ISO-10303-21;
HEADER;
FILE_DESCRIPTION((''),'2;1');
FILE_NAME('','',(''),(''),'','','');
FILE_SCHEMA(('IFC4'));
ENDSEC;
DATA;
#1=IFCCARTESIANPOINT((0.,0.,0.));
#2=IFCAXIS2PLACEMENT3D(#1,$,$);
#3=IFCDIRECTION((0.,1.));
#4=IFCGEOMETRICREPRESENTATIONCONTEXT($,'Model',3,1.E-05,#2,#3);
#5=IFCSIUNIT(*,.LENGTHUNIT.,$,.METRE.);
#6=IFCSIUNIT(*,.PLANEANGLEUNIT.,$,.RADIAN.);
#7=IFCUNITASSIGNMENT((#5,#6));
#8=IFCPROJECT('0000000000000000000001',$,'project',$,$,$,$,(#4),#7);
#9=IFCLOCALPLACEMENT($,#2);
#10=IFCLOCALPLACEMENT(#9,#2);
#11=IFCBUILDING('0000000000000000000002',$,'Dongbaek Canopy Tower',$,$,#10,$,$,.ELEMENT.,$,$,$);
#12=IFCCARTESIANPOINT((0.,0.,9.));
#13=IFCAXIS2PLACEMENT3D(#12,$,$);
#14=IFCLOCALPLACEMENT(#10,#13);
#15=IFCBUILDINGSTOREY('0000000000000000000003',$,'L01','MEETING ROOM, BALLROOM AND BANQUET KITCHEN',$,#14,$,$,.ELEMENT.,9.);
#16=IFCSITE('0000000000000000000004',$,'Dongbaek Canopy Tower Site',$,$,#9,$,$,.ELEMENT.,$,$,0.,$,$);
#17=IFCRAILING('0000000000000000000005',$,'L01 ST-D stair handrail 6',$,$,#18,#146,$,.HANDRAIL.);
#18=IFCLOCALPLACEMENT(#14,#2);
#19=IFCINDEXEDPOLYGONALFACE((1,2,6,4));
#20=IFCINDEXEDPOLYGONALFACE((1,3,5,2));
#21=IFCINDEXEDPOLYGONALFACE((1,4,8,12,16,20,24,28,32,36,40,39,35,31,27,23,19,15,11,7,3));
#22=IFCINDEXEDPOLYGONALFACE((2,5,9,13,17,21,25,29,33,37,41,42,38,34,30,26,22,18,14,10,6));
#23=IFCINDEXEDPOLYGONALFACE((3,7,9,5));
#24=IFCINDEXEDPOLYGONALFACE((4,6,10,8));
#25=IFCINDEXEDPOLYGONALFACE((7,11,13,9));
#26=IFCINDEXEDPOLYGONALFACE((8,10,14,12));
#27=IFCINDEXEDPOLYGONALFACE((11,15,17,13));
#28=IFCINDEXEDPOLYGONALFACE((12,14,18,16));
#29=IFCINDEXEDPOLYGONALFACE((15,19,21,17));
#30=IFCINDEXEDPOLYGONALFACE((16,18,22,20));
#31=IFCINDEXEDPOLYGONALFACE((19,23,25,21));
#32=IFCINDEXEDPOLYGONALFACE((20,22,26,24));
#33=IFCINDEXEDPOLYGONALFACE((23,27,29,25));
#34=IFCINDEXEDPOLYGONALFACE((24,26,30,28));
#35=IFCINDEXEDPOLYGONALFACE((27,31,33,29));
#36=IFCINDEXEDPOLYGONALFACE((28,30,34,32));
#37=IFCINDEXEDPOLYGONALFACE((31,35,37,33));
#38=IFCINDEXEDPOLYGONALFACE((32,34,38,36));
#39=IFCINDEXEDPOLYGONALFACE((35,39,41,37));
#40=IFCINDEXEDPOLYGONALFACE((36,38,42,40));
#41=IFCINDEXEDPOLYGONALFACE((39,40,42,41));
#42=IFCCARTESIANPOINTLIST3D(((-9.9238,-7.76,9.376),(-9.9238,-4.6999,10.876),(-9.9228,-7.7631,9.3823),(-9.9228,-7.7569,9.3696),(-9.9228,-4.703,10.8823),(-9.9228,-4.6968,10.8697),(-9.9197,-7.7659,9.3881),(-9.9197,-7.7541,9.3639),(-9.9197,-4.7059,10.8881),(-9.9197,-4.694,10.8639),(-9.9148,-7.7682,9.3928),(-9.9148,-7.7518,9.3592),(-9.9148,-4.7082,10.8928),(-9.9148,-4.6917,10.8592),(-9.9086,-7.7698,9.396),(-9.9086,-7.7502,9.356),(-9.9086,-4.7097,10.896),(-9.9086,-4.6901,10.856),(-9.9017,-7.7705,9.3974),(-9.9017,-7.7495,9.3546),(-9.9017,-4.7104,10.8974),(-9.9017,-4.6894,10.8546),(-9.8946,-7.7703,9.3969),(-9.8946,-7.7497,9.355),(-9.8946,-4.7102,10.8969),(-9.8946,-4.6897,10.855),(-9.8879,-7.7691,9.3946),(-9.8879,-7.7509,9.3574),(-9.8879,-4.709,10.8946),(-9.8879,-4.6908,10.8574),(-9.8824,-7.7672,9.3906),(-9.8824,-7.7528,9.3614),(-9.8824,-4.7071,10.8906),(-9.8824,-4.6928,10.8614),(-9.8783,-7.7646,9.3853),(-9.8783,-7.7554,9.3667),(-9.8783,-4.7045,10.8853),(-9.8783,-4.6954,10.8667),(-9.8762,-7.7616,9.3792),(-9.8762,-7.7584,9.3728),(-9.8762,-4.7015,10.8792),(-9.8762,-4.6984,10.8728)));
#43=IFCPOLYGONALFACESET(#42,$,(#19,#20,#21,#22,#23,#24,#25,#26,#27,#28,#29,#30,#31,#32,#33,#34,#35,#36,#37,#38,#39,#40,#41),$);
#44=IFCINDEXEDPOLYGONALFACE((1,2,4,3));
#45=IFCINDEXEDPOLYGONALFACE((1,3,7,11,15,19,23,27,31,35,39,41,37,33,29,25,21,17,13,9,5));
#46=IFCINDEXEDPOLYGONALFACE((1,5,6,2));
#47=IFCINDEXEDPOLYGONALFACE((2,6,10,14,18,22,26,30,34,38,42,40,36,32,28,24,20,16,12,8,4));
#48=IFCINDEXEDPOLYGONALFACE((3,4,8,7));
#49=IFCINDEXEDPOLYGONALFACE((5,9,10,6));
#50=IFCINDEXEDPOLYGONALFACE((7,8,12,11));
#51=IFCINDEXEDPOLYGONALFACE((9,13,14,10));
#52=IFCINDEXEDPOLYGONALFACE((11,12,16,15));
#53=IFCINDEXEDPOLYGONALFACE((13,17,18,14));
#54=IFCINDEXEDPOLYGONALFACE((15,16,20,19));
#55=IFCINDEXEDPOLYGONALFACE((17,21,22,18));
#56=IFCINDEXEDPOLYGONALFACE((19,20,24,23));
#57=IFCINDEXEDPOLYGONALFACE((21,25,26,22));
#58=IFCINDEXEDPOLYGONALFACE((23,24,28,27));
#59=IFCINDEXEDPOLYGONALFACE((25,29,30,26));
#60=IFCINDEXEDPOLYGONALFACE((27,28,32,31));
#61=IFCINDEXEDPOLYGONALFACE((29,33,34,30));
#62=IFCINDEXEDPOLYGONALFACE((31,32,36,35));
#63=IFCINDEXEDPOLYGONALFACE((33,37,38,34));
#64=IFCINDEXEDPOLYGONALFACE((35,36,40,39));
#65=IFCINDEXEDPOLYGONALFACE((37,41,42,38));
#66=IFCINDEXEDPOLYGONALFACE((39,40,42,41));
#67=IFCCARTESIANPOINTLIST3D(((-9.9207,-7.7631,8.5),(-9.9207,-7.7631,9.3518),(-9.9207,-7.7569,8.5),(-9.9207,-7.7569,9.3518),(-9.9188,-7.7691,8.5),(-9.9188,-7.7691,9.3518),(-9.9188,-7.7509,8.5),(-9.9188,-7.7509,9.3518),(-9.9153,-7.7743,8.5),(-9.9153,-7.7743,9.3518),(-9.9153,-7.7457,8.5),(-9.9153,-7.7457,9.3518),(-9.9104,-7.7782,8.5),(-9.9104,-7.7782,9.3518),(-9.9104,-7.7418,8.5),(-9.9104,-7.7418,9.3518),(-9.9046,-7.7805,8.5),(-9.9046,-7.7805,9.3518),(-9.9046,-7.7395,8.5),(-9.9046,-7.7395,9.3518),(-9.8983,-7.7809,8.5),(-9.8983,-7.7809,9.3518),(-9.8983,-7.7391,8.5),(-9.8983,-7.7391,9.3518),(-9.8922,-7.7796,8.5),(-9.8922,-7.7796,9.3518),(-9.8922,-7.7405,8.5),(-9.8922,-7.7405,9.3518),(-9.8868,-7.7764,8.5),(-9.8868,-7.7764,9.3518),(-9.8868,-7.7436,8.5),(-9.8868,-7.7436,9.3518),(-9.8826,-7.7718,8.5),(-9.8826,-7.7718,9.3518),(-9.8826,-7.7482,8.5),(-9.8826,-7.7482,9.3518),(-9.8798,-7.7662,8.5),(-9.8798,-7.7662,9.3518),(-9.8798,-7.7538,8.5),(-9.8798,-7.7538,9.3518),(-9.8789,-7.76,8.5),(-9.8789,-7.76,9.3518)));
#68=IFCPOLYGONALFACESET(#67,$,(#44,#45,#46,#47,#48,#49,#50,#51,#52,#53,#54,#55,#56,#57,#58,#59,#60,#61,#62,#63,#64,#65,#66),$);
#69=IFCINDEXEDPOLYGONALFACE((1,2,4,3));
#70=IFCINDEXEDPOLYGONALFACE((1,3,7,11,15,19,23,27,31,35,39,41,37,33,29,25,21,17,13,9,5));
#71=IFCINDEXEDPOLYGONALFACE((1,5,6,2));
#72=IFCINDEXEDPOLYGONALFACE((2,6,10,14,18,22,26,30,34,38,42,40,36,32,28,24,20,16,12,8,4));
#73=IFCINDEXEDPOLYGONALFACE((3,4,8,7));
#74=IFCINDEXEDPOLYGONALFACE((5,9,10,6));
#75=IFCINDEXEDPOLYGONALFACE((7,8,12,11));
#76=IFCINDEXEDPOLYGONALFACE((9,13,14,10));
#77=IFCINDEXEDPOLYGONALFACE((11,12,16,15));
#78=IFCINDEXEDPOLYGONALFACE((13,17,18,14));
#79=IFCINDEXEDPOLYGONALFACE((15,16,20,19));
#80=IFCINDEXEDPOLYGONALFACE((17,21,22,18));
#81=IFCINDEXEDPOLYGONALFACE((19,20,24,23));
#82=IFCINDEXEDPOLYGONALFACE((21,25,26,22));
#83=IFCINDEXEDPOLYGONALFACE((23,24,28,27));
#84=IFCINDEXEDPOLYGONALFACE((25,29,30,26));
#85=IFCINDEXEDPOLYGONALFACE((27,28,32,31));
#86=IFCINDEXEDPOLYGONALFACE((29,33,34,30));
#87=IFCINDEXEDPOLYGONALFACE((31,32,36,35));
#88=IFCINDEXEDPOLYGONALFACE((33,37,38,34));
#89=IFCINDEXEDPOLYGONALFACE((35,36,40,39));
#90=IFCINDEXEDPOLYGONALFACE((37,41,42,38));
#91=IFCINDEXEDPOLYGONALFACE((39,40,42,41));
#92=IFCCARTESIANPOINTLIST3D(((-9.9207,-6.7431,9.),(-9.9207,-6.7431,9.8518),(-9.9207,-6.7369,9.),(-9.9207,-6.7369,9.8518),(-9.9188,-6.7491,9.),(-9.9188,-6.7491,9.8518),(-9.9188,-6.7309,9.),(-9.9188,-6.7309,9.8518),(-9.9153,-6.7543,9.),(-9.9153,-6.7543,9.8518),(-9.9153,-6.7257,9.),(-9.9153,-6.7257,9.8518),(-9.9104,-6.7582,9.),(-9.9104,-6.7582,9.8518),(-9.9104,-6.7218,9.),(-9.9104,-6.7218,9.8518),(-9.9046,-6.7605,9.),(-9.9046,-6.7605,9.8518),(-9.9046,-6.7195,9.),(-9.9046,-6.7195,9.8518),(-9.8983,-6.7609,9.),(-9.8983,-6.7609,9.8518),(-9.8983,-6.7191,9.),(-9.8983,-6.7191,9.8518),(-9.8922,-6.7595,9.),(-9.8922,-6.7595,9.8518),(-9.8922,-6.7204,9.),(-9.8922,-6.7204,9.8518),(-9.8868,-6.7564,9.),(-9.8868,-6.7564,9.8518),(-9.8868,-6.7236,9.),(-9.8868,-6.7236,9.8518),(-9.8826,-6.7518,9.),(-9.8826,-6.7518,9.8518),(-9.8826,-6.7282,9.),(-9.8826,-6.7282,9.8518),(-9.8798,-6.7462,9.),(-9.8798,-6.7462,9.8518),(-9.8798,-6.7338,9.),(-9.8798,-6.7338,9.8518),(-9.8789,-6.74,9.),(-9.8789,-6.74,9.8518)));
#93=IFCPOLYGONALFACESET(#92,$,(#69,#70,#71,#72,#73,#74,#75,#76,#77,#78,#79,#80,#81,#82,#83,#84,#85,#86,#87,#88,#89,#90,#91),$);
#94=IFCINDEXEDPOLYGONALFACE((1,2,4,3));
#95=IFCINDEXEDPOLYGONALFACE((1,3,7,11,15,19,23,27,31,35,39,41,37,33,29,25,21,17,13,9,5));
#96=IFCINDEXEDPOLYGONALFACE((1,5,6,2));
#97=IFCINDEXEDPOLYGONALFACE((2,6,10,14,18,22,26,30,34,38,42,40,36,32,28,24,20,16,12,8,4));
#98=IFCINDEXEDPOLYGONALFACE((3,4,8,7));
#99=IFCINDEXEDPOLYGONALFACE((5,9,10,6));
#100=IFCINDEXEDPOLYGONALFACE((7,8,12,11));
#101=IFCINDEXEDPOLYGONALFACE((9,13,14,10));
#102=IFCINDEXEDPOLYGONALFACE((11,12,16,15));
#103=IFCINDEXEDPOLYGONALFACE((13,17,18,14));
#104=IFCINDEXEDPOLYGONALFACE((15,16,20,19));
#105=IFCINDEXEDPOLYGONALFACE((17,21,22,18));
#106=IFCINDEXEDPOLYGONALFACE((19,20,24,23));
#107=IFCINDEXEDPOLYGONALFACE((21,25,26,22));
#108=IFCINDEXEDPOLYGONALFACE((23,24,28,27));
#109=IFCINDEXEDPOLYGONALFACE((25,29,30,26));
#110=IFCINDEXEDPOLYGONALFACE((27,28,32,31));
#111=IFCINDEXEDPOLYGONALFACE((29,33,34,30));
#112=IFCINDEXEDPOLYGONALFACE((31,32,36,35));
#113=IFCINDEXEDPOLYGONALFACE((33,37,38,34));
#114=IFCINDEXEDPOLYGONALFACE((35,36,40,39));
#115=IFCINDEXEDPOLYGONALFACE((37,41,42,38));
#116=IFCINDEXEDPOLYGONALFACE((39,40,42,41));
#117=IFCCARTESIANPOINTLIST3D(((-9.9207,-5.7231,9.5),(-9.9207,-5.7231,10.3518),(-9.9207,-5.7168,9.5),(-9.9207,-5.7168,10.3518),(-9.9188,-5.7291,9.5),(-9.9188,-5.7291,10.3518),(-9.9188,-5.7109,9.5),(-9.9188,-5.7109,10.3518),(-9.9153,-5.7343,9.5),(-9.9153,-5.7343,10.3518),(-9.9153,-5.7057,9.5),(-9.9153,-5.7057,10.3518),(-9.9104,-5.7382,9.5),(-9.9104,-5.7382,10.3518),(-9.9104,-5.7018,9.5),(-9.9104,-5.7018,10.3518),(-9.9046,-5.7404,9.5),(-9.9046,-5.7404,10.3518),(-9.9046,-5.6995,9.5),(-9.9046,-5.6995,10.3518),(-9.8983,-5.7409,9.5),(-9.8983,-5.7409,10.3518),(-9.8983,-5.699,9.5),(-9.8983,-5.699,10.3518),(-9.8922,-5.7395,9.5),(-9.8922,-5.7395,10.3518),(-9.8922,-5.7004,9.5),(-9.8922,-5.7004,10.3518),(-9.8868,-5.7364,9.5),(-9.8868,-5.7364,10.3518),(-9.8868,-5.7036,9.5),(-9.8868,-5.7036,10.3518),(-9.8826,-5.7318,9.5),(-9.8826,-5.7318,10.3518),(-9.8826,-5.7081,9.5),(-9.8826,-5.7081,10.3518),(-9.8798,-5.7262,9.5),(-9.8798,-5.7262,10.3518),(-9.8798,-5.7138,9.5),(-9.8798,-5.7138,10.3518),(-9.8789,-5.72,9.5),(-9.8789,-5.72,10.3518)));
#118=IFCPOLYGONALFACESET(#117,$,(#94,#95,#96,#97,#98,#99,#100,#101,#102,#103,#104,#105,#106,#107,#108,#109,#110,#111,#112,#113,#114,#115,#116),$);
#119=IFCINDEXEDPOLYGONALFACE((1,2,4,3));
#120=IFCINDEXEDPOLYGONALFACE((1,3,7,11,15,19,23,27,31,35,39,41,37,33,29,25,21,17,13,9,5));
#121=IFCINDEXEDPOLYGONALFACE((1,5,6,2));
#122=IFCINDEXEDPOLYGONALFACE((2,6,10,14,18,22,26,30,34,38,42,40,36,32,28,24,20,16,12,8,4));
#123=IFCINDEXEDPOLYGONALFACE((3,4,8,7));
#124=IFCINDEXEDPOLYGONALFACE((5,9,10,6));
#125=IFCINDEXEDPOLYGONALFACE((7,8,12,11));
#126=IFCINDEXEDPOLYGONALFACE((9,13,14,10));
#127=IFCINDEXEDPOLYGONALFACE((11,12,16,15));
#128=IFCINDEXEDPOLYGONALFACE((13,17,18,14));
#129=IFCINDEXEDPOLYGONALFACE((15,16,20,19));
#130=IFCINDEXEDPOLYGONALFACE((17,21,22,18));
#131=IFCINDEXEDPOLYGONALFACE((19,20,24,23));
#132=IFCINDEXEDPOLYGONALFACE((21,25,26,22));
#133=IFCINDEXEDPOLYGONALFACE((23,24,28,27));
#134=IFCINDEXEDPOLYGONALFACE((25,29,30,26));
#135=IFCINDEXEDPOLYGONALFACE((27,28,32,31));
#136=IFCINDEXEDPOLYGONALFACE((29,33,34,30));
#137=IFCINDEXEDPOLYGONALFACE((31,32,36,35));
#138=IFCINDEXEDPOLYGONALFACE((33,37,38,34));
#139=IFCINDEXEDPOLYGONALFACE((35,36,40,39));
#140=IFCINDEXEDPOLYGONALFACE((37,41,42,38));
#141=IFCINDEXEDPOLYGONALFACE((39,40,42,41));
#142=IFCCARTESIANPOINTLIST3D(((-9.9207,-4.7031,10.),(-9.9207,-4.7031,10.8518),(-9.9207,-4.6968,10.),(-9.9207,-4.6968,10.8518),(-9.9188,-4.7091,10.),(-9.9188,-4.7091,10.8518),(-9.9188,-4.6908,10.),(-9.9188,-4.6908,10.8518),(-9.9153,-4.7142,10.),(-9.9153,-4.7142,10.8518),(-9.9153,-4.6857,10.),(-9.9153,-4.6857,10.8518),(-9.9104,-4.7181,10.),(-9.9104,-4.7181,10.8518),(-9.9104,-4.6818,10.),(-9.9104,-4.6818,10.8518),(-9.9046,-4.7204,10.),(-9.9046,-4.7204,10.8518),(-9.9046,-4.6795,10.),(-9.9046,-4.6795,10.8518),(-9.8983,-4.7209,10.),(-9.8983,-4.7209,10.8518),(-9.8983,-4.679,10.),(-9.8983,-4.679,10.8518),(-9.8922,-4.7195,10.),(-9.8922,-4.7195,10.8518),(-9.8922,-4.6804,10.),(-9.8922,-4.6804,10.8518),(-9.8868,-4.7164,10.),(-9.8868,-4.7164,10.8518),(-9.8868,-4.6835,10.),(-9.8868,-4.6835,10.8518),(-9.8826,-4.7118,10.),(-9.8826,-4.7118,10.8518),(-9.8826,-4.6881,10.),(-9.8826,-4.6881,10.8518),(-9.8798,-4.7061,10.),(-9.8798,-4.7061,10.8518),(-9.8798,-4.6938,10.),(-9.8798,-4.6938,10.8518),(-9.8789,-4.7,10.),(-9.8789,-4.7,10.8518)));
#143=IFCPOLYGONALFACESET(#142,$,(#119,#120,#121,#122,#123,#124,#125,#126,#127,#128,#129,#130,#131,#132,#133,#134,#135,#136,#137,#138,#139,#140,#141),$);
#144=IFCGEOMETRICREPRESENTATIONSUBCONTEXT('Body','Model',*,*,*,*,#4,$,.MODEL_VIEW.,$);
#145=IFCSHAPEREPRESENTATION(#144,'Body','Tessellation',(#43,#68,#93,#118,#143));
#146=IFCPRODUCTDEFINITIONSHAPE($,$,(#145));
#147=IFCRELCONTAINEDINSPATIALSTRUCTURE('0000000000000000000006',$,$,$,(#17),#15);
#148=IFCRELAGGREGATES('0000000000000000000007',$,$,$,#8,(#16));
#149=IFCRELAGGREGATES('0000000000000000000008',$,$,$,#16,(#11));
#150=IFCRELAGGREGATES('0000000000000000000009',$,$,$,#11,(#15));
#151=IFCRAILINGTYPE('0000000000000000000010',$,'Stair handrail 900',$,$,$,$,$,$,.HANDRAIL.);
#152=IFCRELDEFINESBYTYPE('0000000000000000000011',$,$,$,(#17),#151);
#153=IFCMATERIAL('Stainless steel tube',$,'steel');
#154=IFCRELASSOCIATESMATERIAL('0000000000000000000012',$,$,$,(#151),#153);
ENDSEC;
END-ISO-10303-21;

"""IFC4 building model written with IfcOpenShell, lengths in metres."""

from ifc_helpers import new_model, si_unit, direction, frame, origin, origin_2d, place, context, subcontext, project, spatial, circle, extrude, material, type_object, element, save


model = new_model("IFC4")

# Units and contexts
model_context = context("Model", 3, precision=1e-05, world=origin(), true_north=direction((0.0, 1.0)))
body_context = subcontext(model_context, "Body", "Model", "MODEL_VIEW")
ifc_project = project(units=[si_unit("LENGTHUNIT", "METRE"), si_unit("PLANEANGLEUNIT", "RADIAN")], contexts=[model_context])

# Site, building, storey
site_placement = place(None, origin())
site = spatial("IfcSite", under=ifc_project, at=site_placement, Name="Dongbaek Canopy Tower Site", CompositionType="ELEMENT", RefElevation=0.0)
building_placement = place(site_placement, origin())
building = spatial("IfcBuilding", under=site, at=building_placement, Name="Dongbaek Canopy Tower", CompositionType="ELEMENT")
storey_placement = place(building_placement, frame((0.0, 0.0, 9.0)))
storey = spatial("IfcBuildingStorey", under=building, at=storey_placement, Name="L01", Description="MEETING ROOM, BALLROOM AND BANQUET KITCHEN", CompositionType="ELEMENT", Elevation=9.0)

# Railing
ifc_material_1 = material(Name="Stainless steel tube", Category="steel")
railing_type_1 = type_object("IfcRailingType", Name="Stair handrail 900", PredefinedType="HANDRAIL", material=ifc_material_1)
railing_1_placement = place(storey_placement, frame((-9.8999, -7.76, 8.5)))
element("IfcRailing", 1, at=railing_1_placement, inside=storey, type_object=railing_type_1, Name="L01 ST-D stair handrail 6", PredefinedType="HANDRAIL", context=body_context, shape_type="SweptSolid", body=[
    extrude(circle(Radius=0.0239, at=origin_2d()), frame((0.0, 0.0, 0.876), z_axis=(0.0, 0.897924, 0.44015), x_axis=(-1.0, 0.0, 0.0)), (0.0, 0.0, 1.0), 3.408),
    extrude(circle(Radius=0.021, at=origin_2d()), origin(), (0.0, 0.0, 1.0), 0.8518),
    extrude(circle(Radius=0.021, at=origin_2d()), frame((0.0, 1.02, 0.5)), (0.0, 0.0, 1.0), 0.8518),
    extrude(circle(Radius=0.021, at=origin_2d()), frame((0.0, 2.04, 1.0)), (0.0, 0.0, 1.0), 0.8518),
    extrude(circle(Radius=0.021, at=origin_2d()), frame((0.0, 3.0601, 1.5)), (0.0, 0.0, 1.0), 0.8518),
])

save(model, "model.ifc")
